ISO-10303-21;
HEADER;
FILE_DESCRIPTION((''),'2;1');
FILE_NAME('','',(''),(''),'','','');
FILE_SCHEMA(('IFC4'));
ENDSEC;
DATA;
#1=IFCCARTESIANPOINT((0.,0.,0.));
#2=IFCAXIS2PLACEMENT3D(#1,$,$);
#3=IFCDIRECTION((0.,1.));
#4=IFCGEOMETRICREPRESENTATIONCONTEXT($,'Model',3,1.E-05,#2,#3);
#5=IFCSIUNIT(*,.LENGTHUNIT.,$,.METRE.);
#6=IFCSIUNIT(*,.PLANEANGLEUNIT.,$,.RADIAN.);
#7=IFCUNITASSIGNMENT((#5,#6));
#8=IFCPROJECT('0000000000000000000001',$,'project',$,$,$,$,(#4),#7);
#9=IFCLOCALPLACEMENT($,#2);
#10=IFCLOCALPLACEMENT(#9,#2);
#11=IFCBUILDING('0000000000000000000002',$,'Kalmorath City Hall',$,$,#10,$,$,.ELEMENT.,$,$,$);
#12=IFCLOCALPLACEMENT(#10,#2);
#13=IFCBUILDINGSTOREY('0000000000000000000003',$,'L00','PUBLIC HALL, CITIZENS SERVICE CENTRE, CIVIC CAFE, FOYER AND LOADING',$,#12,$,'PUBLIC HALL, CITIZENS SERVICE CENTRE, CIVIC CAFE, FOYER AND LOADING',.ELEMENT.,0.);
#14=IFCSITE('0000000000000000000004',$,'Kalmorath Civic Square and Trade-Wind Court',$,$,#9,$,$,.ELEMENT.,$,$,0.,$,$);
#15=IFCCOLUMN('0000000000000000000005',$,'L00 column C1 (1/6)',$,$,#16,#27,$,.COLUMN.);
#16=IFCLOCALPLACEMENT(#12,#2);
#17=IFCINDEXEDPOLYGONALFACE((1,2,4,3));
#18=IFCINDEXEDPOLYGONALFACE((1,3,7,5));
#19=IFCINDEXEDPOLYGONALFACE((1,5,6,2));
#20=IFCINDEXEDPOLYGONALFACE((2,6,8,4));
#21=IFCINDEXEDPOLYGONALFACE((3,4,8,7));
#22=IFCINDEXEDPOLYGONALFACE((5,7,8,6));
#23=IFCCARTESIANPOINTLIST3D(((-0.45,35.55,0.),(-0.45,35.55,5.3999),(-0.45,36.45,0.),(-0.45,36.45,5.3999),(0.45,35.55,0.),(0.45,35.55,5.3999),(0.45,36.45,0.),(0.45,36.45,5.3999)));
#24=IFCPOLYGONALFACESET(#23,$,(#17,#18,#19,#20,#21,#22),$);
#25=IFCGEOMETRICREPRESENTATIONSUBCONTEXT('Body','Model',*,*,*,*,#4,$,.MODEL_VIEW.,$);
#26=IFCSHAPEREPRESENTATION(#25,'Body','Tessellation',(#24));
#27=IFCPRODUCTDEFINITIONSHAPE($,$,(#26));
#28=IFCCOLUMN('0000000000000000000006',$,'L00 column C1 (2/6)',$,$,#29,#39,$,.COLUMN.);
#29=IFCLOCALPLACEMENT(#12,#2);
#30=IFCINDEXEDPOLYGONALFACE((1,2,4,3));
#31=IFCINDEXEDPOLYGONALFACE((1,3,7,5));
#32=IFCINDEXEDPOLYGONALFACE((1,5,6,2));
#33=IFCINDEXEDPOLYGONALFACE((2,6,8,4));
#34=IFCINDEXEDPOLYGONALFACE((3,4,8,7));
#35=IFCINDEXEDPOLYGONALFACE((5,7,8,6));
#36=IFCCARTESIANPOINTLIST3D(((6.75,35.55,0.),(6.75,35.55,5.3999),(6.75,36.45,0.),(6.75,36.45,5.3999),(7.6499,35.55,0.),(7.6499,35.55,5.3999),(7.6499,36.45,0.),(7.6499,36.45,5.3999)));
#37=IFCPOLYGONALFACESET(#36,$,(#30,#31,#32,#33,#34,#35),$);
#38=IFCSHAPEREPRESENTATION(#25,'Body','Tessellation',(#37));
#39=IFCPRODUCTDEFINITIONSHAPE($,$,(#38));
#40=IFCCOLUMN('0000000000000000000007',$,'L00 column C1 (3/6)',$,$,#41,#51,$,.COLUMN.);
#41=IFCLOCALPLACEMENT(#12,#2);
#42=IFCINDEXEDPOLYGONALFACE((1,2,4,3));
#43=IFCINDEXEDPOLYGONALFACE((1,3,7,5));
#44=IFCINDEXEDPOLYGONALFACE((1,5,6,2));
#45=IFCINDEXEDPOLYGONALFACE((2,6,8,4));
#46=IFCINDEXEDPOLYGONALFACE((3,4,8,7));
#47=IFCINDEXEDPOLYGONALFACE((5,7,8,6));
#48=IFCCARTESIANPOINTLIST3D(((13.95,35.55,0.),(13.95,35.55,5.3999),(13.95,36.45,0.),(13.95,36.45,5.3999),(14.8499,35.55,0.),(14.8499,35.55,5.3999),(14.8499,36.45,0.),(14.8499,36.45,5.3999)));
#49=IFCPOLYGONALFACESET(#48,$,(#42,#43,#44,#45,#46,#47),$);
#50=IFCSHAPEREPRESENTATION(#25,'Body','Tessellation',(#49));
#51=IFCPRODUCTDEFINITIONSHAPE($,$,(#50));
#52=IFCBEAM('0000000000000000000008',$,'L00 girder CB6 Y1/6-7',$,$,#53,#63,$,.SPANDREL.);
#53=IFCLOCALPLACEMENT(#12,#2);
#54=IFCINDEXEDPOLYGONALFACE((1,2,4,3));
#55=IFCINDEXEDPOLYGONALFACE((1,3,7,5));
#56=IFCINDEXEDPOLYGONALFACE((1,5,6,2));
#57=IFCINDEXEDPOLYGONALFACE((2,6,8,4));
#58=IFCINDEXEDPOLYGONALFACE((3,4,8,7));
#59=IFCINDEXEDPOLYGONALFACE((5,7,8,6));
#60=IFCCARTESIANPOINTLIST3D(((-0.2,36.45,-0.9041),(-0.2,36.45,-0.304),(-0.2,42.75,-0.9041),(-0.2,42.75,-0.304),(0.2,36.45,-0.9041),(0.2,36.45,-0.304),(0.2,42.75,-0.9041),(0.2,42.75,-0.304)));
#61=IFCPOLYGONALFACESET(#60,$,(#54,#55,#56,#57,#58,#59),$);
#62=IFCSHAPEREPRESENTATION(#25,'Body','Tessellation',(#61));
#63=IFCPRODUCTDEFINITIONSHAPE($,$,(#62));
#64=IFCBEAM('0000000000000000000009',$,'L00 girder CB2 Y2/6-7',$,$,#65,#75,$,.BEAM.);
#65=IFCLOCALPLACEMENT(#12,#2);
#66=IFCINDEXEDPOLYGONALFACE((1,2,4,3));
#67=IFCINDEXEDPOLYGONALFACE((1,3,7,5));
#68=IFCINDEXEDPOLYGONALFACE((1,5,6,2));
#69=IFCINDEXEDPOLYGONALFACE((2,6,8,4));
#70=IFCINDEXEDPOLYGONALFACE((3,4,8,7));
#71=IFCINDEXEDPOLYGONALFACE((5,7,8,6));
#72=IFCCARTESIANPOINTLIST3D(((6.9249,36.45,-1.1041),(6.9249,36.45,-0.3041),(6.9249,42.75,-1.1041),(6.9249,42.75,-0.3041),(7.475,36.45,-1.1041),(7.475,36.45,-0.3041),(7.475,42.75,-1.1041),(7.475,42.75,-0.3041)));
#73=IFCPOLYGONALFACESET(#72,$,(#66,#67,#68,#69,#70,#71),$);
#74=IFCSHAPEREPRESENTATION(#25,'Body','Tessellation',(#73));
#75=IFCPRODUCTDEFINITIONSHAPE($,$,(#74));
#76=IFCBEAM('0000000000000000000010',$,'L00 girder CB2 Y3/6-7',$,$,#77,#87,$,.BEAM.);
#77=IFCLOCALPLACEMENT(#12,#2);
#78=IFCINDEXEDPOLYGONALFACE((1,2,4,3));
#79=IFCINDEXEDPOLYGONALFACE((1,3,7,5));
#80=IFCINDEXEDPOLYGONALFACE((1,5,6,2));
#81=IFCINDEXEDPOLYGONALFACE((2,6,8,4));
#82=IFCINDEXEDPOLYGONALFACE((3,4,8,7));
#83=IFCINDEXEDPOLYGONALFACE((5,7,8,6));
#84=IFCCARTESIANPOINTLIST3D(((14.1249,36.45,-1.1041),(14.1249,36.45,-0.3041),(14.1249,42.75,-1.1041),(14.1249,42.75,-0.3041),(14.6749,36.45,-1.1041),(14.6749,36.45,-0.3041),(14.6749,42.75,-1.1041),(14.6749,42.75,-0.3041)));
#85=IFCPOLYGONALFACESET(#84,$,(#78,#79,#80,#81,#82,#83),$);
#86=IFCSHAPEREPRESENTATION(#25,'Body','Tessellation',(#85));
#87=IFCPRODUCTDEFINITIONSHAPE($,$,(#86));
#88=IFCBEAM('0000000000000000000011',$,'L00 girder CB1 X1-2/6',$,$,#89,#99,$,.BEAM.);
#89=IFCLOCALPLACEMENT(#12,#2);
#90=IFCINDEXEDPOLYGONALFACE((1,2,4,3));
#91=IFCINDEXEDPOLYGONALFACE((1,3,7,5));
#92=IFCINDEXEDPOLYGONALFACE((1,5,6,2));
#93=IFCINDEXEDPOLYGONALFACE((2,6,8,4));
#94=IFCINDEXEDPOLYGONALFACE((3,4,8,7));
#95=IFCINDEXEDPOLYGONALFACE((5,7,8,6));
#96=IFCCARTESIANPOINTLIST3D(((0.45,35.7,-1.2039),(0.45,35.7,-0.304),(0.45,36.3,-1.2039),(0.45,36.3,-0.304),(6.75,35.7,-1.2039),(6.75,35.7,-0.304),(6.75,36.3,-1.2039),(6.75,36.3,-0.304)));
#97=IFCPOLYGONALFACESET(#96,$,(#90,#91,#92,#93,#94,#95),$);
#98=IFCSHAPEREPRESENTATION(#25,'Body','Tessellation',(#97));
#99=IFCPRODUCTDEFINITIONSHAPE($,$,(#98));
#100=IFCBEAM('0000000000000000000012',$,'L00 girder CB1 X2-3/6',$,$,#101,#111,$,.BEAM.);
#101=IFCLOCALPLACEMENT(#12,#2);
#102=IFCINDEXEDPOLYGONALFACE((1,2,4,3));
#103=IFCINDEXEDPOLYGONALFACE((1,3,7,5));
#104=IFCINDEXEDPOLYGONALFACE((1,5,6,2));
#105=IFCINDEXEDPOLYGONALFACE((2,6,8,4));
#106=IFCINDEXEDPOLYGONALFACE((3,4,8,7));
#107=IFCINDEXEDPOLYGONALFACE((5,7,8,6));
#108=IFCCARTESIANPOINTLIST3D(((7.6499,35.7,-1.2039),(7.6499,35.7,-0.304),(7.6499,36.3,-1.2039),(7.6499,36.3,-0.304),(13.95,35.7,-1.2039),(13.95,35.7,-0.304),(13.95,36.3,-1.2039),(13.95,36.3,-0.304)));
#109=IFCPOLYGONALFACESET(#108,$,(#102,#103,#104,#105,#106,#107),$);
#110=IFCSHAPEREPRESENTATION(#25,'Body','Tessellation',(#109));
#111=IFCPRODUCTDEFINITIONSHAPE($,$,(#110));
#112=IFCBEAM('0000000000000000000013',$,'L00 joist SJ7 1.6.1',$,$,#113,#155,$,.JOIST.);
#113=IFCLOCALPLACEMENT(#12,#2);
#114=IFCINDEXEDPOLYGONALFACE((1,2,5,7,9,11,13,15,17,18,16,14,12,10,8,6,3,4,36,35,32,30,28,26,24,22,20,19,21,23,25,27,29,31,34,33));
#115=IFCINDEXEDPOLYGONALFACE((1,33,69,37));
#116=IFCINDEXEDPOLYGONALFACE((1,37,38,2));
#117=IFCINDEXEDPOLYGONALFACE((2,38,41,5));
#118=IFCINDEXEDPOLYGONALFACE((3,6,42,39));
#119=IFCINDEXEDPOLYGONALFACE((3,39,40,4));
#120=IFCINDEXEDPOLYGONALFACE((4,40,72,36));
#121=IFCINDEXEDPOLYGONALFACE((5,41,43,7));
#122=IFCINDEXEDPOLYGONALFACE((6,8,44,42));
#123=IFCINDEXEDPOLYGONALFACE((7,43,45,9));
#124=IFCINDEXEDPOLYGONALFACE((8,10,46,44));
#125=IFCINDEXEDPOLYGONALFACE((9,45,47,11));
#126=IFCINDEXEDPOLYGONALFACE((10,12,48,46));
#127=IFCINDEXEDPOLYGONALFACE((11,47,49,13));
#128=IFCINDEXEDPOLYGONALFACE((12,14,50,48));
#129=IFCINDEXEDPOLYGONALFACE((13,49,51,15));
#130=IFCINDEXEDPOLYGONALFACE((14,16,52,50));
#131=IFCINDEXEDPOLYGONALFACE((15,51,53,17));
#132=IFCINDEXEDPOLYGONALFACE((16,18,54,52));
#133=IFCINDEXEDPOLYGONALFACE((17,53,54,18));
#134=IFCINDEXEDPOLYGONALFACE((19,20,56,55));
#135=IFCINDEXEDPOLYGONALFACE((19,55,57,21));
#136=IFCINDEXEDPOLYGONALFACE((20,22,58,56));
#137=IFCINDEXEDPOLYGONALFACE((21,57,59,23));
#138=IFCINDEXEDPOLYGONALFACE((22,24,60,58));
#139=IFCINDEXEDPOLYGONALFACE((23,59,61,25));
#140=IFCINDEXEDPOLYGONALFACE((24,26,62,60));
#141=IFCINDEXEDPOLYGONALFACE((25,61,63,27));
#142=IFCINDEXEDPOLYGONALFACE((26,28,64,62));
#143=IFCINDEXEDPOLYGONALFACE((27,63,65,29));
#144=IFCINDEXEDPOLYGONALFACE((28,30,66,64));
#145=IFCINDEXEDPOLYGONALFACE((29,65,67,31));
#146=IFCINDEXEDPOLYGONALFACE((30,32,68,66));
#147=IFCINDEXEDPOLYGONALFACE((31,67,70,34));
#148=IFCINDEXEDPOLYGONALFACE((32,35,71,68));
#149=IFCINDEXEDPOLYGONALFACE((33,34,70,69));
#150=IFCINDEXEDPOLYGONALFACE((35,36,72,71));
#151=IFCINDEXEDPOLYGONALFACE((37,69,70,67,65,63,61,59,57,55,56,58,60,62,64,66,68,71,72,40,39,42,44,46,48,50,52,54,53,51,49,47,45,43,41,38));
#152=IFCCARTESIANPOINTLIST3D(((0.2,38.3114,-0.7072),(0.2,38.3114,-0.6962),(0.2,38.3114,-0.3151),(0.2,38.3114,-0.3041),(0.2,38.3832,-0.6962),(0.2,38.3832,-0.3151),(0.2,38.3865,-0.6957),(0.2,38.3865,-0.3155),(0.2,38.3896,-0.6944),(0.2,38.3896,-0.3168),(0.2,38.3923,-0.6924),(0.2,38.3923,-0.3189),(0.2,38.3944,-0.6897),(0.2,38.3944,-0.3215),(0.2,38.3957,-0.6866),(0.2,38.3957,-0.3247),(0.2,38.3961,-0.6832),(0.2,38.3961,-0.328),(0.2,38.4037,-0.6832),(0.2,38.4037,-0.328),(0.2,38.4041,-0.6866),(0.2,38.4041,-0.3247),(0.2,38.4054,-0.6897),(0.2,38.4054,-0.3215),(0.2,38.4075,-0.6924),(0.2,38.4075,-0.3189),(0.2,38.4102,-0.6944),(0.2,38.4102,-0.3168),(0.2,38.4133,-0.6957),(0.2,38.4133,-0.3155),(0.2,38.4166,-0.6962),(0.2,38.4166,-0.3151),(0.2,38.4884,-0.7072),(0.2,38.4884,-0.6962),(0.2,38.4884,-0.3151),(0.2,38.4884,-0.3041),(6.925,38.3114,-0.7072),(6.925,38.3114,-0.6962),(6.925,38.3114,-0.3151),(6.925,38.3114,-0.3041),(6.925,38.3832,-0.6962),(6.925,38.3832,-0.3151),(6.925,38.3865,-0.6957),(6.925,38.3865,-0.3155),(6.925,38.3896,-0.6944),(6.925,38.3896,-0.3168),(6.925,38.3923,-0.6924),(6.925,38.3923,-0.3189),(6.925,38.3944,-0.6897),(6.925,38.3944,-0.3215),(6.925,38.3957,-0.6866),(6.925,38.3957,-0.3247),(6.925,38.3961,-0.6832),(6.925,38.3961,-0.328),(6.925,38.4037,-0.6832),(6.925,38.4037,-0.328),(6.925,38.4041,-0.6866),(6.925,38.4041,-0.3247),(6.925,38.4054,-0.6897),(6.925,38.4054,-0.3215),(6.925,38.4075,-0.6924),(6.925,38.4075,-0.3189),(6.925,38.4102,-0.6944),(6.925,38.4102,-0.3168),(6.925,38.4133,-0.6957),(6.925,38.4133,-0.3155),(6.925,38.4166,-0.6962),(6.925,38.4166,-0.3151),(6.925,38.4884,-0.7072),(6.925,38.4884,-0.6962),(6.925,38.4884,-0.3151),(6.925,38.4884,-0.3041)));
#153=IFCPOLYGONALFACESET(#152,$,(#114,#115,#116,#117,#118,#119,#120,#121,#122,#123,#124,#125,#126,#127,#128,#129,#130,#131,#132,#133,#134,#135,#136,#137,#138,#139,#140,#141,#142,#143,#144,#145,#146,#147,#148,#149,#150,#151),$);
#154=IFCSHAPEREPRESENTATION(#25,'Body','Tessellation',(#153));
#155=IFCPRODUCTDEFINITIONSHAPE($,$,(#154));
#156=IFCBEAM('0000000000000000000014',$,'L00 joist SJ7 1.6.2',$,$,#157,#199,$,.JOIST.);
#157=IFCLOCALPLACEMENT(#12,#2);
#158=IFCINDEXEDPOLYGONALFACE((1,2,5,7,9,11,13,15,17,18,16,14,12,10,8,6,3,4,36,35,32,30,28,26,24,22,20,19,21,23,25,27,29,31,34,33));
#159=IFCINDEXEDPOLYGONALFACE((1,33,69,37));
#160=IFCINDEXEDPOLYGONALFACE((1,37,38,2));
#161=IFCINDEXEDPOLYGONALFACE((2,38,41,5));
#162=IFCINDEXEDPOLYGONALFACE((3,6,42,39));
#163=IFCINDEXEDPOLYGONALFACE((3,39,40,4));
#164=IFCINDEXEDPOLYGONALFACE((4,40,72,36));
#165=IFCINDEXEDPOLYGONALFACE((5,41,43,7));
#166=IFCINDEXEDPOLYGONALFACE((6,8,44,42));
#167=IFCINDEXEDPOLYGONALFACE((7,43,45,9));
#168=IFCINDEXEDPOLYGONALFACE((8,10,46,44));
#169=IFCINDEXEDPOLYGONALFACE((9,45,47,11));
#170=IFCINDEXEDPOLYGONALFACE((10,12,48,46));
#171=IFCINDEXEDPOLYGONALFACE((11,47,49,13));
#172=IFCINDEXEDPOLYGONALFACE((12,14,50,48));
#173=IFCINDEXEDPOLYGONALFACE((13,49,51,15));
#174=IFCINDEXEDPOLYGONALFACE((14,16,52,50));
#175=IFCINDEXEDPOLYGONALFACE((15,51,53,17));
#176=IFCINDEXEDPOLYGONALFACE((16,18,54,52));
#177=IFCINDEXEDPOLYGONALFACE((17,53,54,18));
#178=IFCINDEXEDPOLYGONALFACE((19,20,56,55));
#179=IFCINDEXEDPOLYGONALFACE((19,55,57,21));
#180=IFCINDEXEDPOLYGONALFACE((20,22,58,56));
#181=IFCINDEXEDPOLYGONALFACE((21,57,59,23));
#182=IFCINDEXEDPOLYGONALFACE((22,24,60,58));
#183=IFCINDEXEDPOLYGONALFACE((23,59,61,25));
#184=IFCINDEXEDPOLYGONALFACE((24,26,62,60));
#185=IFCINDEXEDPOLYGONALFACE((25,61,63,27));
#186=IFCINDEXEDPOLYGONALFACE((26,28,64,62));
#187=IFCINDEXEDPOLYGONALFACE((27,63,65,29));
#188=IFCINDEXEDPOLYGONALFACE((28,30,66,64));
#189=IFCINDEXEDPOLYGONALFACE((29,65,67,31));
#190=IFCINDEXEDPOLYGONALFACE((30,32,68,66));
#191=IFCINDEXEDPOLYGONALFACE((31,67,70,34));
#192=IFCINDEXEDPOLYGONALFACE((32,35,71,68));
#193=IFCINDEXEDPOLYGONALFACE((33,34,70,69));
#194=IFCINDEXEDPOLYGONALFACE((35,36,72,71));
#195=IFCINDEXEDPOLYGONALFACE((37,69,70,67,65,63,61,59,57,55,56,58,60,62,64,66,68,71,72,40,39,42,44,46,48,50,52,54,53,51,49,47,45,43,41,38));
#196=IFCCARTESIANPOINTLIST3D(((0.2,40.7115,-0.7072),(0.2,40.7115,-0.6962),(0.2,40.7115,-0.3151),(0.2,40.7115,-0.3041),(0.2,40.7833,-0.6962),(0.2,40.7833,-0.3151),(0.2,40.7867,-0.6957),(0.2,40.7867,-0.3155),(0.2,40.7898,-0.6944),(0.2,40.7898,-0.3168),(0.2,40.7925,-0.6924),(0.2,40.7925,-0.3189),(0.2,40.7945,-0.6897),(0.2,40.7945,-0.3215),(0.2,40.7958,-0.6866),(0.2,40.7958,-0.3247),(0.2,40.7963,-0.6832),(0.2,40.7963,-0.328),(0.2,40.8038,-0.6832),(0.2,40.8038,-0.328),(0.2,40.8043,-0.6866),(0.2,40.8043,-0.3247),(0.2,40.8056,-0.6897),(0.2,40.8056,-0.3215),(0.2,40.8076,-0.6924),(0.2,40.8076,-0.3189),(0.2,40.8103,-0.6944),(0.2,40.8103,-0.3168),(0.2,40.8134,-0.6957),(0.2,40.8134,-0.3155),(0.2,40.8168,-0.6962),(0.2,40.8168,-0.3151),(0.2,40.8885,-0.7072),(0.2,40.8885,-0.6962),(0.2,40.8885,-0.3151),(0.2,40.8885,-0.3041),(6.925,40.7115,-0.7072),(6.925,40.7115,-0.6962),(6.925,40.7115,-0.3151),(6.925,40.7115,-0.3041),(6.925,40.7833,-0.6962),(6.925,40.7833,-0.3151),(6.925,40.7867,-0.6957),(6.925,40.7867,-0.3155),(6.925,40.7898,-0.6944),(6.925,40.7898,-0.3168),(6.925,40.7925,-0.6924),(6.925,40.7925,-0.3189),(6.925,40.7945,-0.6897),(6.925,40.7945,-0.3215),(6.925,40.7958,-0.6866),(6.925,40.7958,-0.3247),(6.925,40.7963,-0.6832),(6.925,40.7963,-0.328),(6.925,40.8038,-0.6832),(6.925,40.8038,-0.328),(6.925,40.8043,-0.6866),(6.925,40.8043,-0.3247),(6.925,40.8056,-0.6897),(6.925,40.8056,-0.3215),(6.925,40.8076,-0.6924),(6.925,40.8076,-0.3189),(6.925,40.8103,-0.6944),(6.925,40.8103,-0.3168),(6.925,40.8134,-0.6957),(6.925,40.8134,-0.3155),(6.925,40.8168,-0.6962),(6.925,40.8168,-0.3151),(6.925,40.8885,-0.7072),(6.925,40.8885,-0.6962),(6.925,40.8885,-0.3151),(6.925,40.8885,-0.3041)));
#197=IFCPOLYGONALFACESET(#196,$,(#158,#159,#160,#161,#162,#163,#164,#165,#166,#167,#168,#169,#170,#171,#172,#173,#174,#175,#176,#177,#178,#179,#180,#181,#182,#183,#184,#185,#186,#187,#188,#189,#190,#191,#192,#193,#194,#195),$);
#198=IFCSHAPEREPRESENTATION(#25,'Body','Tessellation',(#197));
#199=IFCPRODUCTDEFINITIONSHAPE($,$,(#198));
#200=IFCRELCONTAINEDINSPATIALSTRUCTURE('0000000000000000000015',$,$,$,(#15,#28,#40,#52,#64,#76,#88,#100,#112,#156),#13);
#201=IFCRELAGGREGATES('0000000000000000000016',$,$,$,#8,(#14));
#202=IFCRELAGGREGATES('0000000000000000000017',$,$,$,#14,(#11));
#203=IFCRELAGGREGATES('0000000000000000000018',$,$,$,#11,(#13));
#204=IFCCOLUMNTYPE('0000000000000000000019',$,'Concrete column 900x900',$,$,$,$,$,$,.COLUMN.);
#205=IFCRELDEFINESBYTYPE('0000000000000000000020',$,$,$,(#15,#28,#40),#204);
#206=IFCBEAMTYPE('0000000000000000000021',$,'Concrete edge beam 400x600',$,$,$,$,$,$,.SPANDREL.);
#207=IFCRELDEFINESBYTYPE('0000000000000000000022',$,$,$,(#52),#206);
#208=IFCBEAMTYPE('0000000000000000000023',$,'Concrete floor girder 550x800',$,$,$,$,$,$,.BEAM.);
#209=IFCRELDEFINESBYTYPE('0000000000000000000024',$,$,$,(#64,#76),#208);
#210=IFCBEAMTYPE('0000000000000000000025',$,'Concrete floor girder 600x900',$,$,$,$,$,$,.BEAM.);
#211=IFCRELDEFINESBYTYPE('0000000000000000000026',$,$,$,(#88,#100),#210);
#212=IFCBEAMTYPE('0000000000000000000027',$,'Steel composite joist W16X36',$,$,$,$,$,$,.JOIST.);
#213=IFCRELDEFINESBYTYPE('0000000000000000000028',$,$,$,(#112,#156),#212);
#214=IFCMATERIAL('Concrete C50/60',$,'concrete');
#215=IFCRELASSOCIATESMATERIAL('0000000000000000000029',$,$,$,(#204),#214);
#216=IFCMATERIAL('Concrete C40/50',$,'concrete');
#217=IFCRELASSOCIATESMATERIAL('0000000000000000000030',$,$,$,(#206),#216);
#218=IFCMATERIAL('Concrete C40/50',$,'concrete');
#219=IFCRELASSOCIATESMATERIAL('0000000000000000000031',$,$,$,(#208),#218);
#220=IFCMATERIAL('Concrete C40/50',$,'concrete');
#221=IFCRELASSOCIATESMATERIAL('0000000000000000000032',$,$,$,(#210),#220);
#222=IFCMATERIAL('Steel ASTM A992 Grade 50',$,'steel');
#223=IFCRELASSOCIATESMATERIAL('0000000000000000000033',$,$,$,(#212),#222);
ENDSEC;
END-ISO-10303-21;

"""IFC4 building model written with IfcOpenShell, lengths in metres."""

from ifc_helpers import new_model, si_unit, direction, frame, origin, origin_2d, place, context, subcontext, project, spatial, rectangle, i_section, extrude, material, material_profile, profile_set, type_object, element, save


model = new_model("IFC4")

# Units and contexts
model_context = context("Model", 3, precision=1e-05, world=origin(), true_north=direction((0.0, 1.0)))
body_context = subcontext(model_context, "Body", "Model", "MODEL_VIEW")
ifc_project = project(units=[si_unit("LENGTHUNIT", "METRE"), si_unit("PLANEANGLEUNIT", "RADIAN")], contexts=[model_context])

# Site, building, storey
site_placement = place(None, origin())
site = spatial("IfcSite", under=ifc_project, at=site_placement, Name="Kalmorath Civic Square and Trade-Wind Court", CompositionType="ELEMENT", RefElevation=0.0)
building_placement = place(site_placement, origin())
building = spatial("IfcBuilding", under=site, at=building_placement, Name="Kalmorath City Hall", CompositionType="ELEMENT")
storey_placement = place(building_placement, origin())
storey = spatial("IfcBuildingStorey", under=building, at=storey_placement, Name="L00", Description="PUBLIC HALL, CITIZENS SERVICE CENTRE, CIVIC CAFE, FOYER AND LOADING", LongName="PUBLIC HALL, CITIZENS SERVICE CENTRE, CIVIC CAFE, FOYER AND LOADING", CompositionType="ELEMENT", Elevation=0.0)

# Columns
ifc_material_1 = material(Name="Concrete C50/60", Category="concrete")
ifc_material_profile_1 = material_profile(ifc_material_1, rectangle(XDim=0.8999, YDim=0.8999, at=origin_2d()), Name="RC-COL-900X900")
ifc_profile_set_1 = profile_set([ifc_material_profile_1], Name="Concrete C50/60")
column_type = type_object("IfcColumnType", Name="Concrete column 900x900", PredefinedType="COLUMN", material=ifc_profile_set_1)
for number, where, z_axis, x_axis, name in (
    (1, (0.0, 36.0, 0.0), (0.0, 0.0, 1.0), (1.0, 0.0, 0.0), "L00 column C1 (1/6)"),
    (2, (7.2, 36.0, 0.0), (0.0, 0.0, 1.0), (1.0, 0.0, 0.0), "L00 column C1 (2/6)"),
    (3, (14.3999, 36.0, 0.0), (0.0, 0.0, 1.0), (1.0, 0.0, 0.0), "L00 column C1 (3/6)"),
):
    element("IfcColumn", number, at=place(storey_placement, frame(where, z_axis=z_axis, x_axis=x_axis)), inside=storey, type_object=column_type, Name=name, PredefinedType="COLUMN", context=body_context, shape_type="SweptSolid", body=[
        extrude(rectangle(XDim=0.8999, YDim=0.8999, at=origin_2d()), origin(), (0.0, 0.0, 1.0), 5.3999),
    ])

# Beams
ifc_material_2 = material(Name="Concrete C40/50", Category="concrete")
ifc_material_profile_2 = material_profile(ifc_material_2, rectangle(XDim=0.3999, YDim=0.6001, at=origin_2d()), Name="RC-BM-400X600")
ifc_profile_set_2 = profile_set([ifc_material_profile_2], Name="Concrete C40/50")
beam_type_1 = type_object("IfcBeamType", Name="Concrete edge beam 400x600", PredefinedType="SPANDREL", material=ifc_profile_set_2)
beam_1_placement = place(storey_placement, frame((0.0, 36.45, -0.604), z_axis=(0.0, 1.0, 0.0), x_axis=(-1.0, 0.0, 0.0)))
element("IfcBeam", 4, at=beam_1_placement, inside=storey, type_object=beam_type_1, Name="L00 girder CB6 Y1/6-7", PredefinedType="SPANDREL", context=body_context, shape_type="SweptSolid", body=[
    extrude(rectangle(XDim=0.3999, YDim=0.6001, at=origin_2d()), origin(), (0.0, 0.0, 1.0), 6.3),
])
ifc_material_3 = material(Name="Concrete C40/50", Category="concrete")
ifc_material_profile_3 = material_profile(ifc_material_3, rectangle(XDim=0.55, YDim=0.8, at=origin_2d()), Name="RC-BM-550X800")
ifc_profile_set_3 = profile_set([ifc_material_profile_3], Name="Concrete C40/50")
beam_type_2 = type_object("IfcBeamType", Name="Concrete floor girder 550x800", PredefinedType="BEAM", material=ifc_profile_set_3)
for number, where, z_axis, x_axis, name in (
    (5, (7.2, 36.45, -0.7041), (0.0, 1.0, 0.0), (-1.0, 0.0, 0.0), "L00 girder CB2 Y2/6-7"),
    (6, (14.3999, 36.45, -0.7041), (0.0, 1.0, 0.0), (-1.0, 0.0, 0.0), "L00 girder CB2 Y3/6-7"),
):
    element("IfcBeam", number, at=place(storey_placement, frame(where, z_axis=z_axis, x_axis=x_axis)), inside=storey, type_object=beam_type_2, Name=name, PredefinedType="BEAM", context=body_context, shape_type="SweptSolid", body=[
        extrude(rectangle(XDim=0.55, YDim=0.8, at=origin_2d()), origin(), (0.0, 0.0, 1.0), 6.3),
    ])
ifc_material_4 = material(Name="Concrete C40/50", Category="concrete")
ifc_material_profile_4 = material_profile(ifc_material_4, rectangle(XDim=0.6001, YDim=0.8999, at=origin_2d()), Name="RC-BM-600X900")
ifc_profile_set_4 = profile_set([ifc_material_profile_4], Name="Concrete C40/50")
beam_type_3 = type_object("IfcBeamType", Name="Concrete floor girder 600x900", PredefinedType="BEAM", material=ifc_profile_set_4)
for number, where, z_axis, x_axis, name in (
    (7, (0.45, 36.0, -0.7539), (1.0, 0.0, 0.0), (0.0, 1.0, 0.0), "L00 girder CB1 X1-2/6"),
    (8, (7.6499, 36.0, -0.7539), (1.0, 0.0, 0.0), (0.0, 1.0, 0.0), "L00 girder CB1 X2-3/6"),
):
    element("IfcBeam", number, at=place(storey_placement, frame(where, z_axis=z_axis, x_axis=x_axis)), inside=storey, type_object=beam_type_3, Name=name, PredefinedType="BEAM", context=body_context, shape_type="SweptSolid", body=[
        extrude(rectangle(XDim=0.6001, YDim=0.8999, at=origin_2d()), origin(), (0.0, 0.0, 1.0), 6.3),
    ])
ifc_material_5 = material(Name="Steel ASTM A992 Grade 50", Category="steel")
ifc_material_profile_5 = material_profile(ifc_material_5, i_section(OverallWidth=0.177, OverallDepth=0.4031, WebThickness=0.0076, FlangeThickness=0.011, FilletRadius=0.0129, at=origin_2d()), Name="W16X36")
ifc_profile_set_5 = profile_set([ifc_material_profile_5], Name="Steel ASTM A992 Grade 50")
beam_type_4 = type_object("IfcBeamType", Name="Steel composite joist W16X36", PredefinedType="JOIST", material=ifc_profile_set_5)
for number, where, z_axis, x_axis, name in (
    (9, (0.2, 38.3999, -0.5056), (1.0, 0.0, 0.0), (0.0, 1.0, 0.0), "L00 joist SJ7 1.6.1"),
    (10, (0.2, 40.8, -0.5056), (1.0, 0.0, 0.0), (0.0, 1.0, 0.0), "L00 joist SJ7 1.6.2"),
):
    element("IfcBeam", number, at=place(storey_placement, frame(where, z_axis=z_axis, x_axis=x_axis)), inside=storey, type_object=beam_type_4, Name=name, PredefinedType="JOIST", context=body_context, shape_type="SweptSolid", body=[
        extrude(i_section(OverallWidth=0.177, OverallDepth=0.4031, WebThickness=0.0076, FlangeThickness=0.011, FilletRadius=0.0129, at=origin_2d()), origin(), (0.0, 0.0, 1.0), 6.7251),
    ])

save(model, "model.ifc")
